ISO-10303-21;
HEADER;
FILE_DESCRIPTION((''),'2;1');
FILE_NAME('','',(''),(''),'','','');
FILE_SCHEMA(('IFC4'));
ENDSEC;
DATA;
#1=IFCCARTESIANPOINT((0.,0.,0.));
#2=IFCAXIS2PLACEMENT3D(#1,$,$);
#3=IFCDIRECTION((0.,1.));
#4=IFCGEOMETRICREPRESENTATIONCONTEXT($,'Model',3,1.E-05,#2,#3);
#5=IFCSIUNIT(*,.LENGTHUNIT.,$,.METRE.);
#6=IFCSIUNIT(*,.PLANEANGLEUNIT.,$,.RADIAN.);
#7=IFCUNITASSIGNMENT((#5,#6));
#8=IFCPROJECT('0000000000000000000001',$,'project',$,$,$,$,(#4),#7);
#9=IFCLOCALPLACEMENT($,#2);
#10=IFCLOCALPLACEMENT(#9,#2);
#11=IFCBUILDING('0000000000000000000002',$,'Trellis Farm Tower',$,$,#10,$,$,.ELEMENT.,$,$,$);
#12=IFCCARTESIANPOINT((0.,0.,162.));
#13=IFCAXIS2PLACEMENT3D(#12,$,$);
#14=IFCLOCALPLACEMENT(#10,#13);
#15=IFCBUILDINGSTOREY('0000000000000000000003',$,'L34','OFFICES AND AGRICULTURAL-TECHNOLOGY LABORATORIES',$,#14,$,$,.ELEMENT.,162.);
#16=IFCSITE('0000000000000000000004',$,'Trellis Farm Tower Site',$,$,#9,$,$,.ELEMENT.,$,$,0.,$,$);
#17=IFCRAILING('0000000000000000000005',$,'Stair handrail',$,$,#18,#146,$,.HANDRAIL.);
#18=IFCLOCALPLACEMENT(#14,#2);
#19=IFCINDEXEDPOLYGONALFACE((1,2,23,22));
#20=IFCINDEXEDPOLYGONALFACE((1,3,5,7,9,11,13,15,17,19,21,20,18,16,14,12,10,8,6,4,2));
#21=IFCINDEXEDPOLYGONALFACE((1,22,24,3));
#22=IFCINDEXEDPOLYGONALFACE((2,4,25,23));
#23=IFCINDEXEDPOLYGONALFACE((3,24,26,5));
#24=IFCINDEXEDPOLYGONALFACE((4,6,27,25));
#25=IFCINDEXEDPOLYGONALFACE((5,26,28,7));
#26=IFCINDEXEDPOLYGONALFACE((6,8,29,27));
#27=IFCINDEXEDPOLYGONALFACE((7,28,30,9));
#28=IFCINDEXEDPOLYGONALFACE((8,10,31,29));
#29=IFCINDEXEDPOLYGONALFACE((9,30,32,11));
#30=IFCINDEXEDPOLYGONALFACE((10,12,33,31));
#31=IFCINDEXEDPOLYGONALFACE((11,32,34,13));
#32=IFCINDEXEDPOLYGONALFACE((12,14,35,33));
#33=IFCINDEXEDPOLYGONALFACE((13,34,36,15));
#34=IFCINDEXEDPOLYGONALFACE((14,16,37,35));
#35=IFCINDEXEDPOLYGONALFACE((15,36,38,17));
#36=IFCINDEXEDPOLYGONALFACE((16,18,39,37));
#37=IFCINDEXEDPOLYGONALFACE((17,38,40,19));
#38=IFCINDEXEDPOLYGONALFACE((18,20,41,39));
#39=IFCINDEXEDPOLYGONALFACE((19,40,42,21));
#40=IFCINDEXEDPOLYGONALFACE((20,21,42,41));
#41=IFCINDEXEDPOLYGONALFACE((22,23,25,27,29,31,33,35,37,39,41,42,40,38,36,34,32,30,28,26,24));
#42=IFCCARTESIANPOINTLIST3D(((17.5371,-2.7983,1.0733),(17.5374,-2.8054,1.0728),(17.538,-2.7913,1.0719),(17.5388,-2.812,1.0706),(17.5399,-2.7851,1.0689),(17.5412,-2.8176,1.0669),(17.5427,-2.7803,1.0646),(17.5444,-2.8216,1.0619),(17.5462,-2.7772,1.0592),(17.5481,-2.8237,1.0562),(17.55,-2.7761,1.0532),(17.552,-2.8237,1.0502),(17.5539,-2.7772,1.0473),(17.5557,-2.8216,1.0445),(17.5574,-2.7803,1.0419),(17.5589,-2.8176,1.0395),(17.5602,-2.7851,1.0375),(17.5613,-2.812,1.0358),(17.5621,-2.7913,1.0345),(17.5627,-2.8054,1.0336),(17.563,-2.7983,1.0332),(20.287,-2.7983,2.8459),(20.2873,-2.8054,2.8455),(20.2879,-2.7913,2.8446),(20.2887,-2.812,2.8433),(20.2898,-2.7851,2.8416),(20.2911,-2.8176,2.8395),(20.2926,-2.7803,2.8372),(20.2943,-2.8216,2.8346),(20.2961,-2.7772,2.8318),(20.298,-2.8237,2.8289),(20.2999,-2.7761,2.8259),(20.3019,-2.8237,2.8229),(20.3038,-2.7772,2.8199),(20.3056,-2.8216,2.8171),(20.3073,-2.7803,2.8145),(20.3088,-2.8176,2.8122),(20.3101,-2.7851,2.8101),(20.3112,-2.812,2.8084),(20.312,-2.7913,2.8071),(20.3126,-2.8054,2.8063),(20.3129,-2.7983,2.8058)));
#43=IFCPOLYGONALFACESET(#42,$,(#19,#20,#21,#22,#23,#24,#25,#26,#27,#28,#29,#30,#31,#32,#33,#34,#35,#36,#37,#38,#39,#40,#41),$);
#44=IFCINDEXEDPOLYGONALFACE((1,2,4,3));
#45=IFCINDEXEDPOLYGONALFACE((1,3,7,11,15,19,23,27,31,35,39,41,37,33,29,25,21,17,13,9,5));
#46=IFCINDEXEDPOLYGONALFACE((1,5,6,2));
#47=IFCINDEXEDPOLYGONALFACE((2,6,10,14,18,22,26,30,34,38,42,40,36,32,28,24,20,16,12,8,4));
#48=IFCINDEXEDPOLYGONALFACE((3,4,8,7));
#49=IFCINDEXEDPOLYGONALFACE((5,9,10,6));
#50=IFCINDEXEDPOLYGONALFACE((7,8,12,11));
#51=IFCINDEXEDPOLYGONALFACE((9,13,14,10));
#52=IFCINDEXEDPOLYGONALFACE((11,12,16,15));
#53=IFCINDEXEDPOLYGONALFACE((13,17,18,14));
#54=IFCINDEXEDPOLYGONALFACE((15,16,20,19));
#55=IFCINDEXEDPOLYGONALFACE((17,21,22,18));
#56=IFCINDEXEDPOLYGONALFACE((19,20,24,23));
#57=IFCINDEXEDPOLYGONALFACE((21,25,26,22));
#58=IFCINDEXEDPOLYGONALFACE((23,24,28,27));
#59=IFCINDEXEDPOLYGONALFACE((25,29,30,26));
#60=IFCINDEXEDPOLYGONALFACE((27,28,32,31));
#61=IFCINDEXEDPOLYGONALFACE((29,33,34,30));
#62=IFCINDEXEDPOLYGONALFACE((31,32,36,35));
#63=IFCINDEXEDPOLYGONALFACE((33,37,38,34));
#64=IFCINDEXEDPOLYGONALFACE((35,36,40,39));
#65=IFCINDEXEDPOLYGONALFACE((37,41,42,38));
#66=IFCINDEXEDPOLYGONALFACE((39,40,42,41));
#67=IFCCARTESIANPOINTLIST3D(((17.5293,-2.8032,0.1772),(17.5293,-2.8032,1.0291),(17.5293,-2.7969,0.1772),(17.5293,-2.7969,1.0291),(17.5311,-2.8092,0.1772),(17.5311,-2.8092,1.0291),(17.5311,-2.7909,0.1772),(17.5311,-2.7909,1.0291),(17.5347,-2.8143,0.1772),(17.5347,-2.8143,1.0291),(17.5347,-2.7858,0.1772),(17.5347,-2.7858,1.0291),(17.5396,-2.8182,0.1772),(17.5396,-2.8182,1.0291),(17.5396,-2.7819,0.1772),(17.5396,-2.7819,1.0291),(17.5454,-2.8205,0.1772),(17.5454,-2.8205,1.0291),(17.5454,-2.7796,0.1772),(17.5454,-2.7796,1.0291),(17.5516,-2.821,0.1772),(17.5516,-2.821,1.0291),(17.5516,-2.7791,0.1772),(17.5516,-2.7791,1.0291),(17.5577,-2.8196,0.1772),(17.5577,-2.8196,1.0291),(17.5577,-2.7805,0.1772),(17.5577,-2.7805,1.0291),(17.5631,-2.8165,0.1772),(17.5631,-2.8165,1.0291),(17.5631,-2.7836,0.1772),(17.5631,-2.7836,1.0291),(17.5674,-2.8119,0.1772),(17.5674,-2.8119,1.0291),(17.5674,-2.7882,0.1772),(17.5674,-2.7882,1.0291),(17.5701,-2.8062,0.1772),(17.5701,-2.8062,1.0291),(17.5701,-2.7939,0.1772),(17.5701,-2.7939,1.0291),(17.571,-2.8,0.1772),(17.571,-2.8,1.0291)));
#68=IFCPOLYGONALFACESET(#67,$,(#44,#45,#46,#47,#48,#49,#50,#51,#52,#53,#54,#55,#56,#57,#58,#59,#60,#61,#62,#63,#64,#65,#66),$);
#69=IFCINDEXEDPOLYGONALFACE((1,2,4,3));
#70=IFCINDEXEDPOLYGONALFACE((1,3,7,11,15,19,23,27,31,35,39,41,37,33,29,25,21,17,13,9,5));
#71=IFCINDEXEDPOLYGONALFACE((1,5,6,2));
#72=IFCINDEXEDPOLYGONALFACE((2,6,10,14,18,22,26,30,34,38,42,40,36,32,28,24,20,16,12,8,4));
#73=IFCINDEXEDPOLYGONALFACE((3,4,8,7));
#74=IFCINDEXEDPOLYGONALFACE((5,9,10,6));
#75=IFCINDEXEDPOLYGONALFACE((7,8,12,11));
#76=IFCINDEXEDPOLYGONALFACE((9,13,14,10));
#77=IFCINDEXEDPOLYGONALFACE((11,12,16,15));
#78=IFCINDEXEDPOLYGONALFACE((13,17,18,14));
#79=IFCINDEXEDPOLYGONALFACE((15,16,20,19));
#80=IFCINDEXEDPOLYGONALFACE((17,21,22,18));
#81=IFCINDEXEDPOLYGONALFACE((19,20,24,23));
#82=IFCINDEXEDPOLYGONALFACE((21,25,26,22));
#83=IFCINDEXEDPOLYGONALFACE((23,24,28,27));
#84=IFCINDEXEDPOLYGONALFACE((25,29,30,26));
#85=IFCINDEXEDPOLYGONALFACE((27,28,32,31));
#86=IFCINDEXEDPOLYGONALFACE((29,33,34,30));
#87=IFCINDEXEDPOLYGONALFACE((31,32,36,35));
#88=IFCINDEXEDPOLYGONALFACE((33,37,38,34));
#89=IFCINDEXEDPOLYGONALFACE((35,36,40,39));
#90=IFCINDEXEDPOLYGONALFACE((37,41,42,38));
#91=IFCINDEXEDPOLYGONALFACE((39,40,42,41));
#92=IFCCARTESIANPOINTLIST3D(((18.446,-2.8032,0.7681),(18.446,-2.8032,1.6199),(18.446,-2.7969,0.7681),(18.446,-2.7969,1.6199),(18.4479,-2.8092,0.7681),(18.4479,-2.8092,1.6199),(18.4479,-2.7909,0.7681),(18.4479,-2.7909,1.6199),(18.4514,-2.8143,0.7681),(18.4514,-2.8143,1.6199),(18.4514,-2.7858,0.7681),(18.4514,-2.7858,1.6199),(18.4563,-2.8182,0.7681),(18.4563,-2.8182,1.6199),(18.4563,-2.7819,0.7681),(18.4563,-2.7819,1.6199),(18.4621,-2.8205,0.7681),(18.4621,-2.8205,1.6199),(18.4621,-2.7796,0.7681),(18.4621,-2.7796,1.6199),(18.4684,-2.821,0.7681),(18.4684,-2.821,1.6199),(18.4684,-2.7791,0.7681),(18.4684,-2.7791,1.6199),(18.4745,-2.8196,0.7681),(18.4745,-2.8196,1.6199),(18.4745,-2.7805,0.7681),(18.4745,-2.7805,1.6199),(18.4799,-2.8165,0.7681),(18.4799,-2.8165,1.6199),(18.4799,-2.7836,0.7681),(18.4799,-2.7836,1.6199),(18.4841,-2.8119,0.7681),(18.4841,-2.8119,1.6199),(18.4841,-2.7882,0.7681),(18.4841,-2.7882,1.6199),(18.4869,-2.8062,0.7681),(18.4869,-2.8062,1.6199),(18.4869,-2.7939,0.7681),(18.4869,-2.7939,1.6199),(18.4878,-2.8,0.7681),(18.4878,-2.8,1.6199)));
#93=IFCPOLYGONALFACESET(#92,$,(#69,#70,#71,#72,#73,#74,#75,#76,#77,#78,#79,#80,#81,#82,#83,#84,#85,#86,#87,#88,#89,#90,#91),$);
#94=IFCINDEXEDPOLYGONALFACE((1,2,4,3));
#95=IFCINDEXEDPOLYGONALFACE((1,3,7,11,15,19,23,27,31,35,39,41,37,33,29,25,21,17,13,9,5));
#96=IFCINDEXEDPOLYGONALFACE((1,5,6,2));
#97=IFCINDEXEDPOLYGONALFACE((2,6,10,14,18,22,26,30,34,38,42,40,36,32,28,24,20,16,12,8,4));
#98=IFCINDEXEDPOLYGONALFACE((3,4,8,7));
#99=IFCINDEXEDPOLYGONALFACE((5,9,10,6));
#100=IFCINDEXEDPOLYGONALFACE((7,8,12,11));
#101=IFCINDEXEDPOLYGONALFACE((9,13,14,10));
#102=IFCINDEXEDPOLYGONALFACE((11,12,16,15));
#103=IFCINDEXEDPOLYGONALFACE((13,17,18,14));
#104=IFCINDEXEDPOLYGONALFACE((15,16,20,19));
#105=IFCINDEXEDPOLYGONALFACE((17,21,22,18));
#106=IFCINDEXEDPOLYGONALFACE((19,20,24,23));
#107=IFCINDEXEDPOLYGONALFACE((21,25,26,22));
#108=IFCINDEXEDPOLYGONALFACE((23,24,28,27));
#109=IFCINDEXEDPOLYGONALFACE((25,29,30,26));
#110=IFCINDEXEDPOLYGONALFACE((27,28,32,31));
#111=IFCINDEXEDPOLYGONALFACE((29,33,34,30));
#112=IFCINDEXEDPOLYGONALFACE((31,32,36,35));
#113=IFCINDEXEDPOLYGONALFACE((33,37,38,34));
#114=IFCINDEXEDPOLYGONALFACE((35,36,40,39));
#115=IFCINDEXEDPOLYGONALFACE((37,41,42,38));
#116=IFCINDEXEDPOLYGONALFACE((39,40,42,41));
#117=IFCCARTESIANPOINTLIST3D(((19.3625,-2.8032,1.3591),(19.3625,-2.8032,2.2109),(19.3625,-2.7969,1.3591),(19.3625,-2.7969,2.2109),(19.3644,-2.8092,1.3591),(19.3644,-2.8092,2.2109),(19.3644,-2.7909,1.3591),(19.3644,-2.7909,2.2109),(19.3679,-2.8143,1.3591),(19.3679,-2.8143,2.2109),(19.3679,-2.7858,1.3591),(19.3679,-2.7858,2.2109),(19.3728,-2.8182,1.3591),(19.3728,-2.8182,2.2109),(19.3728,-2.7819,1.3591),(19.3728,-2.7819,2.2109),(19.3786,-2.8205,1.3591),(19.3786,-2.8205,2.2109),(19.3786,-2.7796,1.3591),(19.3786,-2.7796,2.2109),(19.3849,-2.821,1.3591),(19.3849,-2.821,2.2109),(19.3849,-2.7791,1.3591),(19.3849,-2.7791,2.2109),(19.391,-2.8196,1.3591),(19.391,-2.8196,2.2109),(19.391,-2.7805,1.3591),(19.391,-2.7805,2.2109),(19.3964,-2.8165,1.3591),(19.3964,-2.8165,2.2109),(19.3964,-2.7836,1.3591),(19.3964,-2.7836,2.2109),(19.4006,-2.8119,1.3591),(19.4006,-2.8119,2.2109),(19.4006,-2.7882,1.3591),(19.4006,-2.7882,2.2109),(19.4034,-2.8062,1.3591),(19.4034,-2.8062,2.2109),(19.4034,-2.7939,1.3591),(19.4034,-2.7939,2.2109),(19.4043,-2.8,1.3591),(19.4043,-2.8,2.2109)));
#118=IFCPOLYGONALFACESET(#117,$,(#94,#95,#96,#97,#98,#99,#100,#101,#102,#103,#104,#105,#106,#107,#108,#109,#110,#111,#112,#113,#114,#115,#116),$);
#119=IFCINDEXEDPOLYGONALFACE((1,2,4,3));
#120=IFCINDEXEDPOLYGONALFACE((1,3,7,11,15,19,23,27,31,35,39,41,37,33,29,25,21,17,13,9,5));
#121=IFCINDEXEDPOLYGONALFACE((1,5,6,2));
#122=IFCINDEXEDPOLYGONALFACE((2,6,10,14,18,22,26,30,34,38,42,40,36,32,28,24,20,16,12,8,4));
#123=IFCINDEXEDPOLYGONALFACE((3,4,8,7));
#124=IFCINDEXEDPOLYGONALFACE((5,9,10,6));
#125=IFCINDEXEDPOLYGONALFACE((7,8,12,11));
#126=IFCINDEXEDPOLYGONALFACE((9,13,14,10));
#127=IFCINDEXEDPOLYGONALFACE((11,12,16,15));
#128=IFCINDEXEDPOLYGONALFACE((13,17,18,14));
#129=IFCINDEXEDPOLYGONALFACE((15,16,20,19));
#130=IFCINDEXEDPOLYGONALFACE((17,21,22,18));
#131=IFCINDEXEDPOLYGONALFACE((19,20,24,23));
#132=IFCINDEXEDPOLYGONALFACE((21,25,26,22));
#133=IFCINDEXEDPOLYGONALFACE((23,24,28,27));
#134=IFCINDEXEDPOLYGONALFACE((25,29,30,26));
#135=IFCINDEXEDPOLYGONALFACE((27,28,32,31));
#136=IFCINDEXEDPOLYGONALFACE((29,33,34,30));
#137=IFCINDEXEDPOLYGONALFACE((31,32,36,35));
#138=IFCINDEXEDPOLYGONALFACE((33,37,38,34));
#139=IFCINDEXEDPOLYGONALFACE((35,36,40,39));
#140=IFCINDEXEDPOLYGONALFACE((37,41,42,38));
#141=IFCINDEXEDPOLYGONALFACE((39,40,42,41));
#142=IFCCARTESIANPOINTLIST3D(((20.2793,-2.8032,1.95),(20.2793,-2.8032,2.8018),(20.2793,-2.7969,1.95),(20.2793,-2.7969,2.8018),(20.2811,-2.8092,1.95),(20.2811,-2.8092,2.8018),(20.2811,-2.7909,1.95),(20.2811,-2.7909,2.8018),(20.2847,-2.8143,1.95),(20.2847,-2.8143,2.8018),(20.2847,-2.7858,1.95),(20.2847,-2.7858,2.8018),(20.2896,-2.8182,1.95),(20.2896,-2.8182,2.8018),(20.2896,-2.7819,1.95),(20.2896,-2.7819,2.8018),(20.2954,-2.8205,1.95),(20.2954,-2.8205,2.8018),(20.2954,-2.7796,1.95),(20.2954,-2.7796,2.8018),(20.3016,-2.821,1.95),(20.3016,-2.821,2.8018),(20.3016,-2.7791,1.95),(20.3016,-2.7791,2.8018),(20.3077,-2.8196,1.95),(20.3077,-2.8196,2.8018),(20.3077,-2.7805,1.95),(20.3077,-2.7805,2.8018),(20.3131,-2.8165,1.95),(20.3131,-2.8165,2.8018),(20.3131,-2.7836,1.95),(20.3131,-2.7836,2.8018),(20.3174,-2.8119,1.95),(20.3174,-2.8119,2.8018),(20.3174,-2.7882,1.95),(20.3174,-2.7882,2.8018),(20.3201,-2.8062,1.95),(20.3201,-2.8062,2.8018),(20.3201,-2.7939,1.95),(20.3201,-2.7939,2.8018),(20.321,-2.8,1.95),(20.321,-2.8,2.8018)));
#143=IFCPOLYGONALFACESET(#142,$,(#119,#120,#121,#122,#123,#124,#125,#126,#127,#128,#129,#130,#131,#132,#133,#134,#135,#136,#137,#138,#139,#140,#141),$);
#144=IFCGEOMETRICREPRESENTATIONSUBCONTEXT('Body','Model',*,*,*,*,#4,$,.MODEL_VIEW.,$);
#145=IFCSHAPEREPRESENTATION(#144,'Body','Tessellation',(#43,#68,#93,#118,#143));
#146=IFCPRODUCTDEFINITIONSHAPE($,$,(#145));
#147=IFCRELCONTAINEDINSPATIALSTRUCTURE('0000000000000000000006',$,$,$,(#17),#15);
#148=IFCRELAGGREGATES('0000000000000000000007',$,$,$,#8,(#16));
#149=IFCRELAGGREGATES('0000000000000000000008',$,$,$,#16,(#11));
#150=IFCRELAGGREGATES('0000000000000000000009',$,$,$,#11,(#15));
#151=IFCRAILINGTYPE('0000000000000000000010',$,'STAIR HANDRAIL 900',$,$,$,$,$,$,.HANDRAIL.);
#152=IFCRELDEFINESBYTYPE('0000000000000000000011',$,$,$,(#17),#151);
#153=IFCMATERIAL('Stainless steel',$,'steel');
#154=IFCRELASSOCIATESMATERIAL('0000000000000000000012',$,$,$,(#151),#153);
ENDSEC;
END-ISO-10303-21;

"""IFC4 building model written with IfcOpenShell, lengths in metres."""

from ifc_helpers import new_model, si_unit, direction, frame, origin, origin_2d, place, context, subcontext, project, spatial, circle, extrude, source, transform, mapped, material, type_object, element, save


model = new_model("IFC4")

# Units and contexts
model_context = context("Model", 3, precision=1e-05, world=origin(), true_north=direction((0.0, 1.0)))
body_context = subcontext(model_context, "Body", "Model", "MODEL_VIEW")
ifc_project = project(units=[si_unit("LENGTHUNIT", "METRE"), si_unit("PLANEANGLEUNIT", "RADIAN")], contexts=[model_context])

# Site, building, storey
site_placement = place(None, origin())
site = spatial("IfcSite", under=ifc_project, at=site_placement, Name="Trellis Farm Tower Site", CompositionType="ELEMENT", RefElevation=0.0)
building_placement = place(site_placement, origin())
building = spatial("IfcBuilding", under=site, at=building_placement, Name="Trellis Farm Tower", CompositionType="ELEMENT")
storey_placement = place(building_placement, frame((0.0, 0.0, 162.0)))
storey = spatial("IfcBuildingStorey", under=building, at=storey_placement, Name="L34", Description="OFFICES AND AGRICULTURAL-TECHNOLOGY LABORATORIES", CompositionType="ELEMENT", Elevation=162.0)

# Railing
ifc_material_1 = material(Name="Stainless steel", Category="steel")
railing_type = type_object("IfcRailingType", Name="STAIR HANDRAIL 900", PredefinedType="HANDRAIL", material=ifc_material_1)
shared_shape_1 = source(origin(), body_context, "Body", "SweptSolid", [
    extrude(circle(Radius=0.0239, at=origin_2d()), frame((0.0, 0.0, 0.876), z_axis=(0.840504, 0.0, 0.541806), x_axis=(0.0, 1.0, 0.0)), (0.0, 0.0, 1.0), 3.2717),
    extrude(circle(Radius=0.021, at=origin_2d()), origin(), (0.0, 0.0, 1.0), 0.8518),
    extrude(circle(Radius=0.021, at=origin_2d()), frame((0.9167, 0.0, 0.5908)), (0.0, 0.0, 1.0), 0.8518),
    extrude(circle(Radius=0.021, at=origin_2d()), frame((1.8333, 0.0, 1.1819)), (0.0, 0.0, 1.0), 0.8518),
    extrude(circle(Radius=0.021, at=origin_2d()), frame((2.75, 0.0, 1.7727)), (0.0, 0.0, 1.0), 0.8518),
])
for number, where, name in (
    (1, (17.55, -2.8, 0.1772), "Stair handrail"),
):
    element("IfcRailing", number, at=place(storey_placement, frame(where)), inside=storey, type_object=railing_type, Name=name, PredefinedType="HANDRAIL", context=body_context, shape_type="MappedRepresentation", body=[
        mapped(shared_shape_1, transform((0.0, 0.0, 0.0))),
    ])

save(model, "model.ifc")
